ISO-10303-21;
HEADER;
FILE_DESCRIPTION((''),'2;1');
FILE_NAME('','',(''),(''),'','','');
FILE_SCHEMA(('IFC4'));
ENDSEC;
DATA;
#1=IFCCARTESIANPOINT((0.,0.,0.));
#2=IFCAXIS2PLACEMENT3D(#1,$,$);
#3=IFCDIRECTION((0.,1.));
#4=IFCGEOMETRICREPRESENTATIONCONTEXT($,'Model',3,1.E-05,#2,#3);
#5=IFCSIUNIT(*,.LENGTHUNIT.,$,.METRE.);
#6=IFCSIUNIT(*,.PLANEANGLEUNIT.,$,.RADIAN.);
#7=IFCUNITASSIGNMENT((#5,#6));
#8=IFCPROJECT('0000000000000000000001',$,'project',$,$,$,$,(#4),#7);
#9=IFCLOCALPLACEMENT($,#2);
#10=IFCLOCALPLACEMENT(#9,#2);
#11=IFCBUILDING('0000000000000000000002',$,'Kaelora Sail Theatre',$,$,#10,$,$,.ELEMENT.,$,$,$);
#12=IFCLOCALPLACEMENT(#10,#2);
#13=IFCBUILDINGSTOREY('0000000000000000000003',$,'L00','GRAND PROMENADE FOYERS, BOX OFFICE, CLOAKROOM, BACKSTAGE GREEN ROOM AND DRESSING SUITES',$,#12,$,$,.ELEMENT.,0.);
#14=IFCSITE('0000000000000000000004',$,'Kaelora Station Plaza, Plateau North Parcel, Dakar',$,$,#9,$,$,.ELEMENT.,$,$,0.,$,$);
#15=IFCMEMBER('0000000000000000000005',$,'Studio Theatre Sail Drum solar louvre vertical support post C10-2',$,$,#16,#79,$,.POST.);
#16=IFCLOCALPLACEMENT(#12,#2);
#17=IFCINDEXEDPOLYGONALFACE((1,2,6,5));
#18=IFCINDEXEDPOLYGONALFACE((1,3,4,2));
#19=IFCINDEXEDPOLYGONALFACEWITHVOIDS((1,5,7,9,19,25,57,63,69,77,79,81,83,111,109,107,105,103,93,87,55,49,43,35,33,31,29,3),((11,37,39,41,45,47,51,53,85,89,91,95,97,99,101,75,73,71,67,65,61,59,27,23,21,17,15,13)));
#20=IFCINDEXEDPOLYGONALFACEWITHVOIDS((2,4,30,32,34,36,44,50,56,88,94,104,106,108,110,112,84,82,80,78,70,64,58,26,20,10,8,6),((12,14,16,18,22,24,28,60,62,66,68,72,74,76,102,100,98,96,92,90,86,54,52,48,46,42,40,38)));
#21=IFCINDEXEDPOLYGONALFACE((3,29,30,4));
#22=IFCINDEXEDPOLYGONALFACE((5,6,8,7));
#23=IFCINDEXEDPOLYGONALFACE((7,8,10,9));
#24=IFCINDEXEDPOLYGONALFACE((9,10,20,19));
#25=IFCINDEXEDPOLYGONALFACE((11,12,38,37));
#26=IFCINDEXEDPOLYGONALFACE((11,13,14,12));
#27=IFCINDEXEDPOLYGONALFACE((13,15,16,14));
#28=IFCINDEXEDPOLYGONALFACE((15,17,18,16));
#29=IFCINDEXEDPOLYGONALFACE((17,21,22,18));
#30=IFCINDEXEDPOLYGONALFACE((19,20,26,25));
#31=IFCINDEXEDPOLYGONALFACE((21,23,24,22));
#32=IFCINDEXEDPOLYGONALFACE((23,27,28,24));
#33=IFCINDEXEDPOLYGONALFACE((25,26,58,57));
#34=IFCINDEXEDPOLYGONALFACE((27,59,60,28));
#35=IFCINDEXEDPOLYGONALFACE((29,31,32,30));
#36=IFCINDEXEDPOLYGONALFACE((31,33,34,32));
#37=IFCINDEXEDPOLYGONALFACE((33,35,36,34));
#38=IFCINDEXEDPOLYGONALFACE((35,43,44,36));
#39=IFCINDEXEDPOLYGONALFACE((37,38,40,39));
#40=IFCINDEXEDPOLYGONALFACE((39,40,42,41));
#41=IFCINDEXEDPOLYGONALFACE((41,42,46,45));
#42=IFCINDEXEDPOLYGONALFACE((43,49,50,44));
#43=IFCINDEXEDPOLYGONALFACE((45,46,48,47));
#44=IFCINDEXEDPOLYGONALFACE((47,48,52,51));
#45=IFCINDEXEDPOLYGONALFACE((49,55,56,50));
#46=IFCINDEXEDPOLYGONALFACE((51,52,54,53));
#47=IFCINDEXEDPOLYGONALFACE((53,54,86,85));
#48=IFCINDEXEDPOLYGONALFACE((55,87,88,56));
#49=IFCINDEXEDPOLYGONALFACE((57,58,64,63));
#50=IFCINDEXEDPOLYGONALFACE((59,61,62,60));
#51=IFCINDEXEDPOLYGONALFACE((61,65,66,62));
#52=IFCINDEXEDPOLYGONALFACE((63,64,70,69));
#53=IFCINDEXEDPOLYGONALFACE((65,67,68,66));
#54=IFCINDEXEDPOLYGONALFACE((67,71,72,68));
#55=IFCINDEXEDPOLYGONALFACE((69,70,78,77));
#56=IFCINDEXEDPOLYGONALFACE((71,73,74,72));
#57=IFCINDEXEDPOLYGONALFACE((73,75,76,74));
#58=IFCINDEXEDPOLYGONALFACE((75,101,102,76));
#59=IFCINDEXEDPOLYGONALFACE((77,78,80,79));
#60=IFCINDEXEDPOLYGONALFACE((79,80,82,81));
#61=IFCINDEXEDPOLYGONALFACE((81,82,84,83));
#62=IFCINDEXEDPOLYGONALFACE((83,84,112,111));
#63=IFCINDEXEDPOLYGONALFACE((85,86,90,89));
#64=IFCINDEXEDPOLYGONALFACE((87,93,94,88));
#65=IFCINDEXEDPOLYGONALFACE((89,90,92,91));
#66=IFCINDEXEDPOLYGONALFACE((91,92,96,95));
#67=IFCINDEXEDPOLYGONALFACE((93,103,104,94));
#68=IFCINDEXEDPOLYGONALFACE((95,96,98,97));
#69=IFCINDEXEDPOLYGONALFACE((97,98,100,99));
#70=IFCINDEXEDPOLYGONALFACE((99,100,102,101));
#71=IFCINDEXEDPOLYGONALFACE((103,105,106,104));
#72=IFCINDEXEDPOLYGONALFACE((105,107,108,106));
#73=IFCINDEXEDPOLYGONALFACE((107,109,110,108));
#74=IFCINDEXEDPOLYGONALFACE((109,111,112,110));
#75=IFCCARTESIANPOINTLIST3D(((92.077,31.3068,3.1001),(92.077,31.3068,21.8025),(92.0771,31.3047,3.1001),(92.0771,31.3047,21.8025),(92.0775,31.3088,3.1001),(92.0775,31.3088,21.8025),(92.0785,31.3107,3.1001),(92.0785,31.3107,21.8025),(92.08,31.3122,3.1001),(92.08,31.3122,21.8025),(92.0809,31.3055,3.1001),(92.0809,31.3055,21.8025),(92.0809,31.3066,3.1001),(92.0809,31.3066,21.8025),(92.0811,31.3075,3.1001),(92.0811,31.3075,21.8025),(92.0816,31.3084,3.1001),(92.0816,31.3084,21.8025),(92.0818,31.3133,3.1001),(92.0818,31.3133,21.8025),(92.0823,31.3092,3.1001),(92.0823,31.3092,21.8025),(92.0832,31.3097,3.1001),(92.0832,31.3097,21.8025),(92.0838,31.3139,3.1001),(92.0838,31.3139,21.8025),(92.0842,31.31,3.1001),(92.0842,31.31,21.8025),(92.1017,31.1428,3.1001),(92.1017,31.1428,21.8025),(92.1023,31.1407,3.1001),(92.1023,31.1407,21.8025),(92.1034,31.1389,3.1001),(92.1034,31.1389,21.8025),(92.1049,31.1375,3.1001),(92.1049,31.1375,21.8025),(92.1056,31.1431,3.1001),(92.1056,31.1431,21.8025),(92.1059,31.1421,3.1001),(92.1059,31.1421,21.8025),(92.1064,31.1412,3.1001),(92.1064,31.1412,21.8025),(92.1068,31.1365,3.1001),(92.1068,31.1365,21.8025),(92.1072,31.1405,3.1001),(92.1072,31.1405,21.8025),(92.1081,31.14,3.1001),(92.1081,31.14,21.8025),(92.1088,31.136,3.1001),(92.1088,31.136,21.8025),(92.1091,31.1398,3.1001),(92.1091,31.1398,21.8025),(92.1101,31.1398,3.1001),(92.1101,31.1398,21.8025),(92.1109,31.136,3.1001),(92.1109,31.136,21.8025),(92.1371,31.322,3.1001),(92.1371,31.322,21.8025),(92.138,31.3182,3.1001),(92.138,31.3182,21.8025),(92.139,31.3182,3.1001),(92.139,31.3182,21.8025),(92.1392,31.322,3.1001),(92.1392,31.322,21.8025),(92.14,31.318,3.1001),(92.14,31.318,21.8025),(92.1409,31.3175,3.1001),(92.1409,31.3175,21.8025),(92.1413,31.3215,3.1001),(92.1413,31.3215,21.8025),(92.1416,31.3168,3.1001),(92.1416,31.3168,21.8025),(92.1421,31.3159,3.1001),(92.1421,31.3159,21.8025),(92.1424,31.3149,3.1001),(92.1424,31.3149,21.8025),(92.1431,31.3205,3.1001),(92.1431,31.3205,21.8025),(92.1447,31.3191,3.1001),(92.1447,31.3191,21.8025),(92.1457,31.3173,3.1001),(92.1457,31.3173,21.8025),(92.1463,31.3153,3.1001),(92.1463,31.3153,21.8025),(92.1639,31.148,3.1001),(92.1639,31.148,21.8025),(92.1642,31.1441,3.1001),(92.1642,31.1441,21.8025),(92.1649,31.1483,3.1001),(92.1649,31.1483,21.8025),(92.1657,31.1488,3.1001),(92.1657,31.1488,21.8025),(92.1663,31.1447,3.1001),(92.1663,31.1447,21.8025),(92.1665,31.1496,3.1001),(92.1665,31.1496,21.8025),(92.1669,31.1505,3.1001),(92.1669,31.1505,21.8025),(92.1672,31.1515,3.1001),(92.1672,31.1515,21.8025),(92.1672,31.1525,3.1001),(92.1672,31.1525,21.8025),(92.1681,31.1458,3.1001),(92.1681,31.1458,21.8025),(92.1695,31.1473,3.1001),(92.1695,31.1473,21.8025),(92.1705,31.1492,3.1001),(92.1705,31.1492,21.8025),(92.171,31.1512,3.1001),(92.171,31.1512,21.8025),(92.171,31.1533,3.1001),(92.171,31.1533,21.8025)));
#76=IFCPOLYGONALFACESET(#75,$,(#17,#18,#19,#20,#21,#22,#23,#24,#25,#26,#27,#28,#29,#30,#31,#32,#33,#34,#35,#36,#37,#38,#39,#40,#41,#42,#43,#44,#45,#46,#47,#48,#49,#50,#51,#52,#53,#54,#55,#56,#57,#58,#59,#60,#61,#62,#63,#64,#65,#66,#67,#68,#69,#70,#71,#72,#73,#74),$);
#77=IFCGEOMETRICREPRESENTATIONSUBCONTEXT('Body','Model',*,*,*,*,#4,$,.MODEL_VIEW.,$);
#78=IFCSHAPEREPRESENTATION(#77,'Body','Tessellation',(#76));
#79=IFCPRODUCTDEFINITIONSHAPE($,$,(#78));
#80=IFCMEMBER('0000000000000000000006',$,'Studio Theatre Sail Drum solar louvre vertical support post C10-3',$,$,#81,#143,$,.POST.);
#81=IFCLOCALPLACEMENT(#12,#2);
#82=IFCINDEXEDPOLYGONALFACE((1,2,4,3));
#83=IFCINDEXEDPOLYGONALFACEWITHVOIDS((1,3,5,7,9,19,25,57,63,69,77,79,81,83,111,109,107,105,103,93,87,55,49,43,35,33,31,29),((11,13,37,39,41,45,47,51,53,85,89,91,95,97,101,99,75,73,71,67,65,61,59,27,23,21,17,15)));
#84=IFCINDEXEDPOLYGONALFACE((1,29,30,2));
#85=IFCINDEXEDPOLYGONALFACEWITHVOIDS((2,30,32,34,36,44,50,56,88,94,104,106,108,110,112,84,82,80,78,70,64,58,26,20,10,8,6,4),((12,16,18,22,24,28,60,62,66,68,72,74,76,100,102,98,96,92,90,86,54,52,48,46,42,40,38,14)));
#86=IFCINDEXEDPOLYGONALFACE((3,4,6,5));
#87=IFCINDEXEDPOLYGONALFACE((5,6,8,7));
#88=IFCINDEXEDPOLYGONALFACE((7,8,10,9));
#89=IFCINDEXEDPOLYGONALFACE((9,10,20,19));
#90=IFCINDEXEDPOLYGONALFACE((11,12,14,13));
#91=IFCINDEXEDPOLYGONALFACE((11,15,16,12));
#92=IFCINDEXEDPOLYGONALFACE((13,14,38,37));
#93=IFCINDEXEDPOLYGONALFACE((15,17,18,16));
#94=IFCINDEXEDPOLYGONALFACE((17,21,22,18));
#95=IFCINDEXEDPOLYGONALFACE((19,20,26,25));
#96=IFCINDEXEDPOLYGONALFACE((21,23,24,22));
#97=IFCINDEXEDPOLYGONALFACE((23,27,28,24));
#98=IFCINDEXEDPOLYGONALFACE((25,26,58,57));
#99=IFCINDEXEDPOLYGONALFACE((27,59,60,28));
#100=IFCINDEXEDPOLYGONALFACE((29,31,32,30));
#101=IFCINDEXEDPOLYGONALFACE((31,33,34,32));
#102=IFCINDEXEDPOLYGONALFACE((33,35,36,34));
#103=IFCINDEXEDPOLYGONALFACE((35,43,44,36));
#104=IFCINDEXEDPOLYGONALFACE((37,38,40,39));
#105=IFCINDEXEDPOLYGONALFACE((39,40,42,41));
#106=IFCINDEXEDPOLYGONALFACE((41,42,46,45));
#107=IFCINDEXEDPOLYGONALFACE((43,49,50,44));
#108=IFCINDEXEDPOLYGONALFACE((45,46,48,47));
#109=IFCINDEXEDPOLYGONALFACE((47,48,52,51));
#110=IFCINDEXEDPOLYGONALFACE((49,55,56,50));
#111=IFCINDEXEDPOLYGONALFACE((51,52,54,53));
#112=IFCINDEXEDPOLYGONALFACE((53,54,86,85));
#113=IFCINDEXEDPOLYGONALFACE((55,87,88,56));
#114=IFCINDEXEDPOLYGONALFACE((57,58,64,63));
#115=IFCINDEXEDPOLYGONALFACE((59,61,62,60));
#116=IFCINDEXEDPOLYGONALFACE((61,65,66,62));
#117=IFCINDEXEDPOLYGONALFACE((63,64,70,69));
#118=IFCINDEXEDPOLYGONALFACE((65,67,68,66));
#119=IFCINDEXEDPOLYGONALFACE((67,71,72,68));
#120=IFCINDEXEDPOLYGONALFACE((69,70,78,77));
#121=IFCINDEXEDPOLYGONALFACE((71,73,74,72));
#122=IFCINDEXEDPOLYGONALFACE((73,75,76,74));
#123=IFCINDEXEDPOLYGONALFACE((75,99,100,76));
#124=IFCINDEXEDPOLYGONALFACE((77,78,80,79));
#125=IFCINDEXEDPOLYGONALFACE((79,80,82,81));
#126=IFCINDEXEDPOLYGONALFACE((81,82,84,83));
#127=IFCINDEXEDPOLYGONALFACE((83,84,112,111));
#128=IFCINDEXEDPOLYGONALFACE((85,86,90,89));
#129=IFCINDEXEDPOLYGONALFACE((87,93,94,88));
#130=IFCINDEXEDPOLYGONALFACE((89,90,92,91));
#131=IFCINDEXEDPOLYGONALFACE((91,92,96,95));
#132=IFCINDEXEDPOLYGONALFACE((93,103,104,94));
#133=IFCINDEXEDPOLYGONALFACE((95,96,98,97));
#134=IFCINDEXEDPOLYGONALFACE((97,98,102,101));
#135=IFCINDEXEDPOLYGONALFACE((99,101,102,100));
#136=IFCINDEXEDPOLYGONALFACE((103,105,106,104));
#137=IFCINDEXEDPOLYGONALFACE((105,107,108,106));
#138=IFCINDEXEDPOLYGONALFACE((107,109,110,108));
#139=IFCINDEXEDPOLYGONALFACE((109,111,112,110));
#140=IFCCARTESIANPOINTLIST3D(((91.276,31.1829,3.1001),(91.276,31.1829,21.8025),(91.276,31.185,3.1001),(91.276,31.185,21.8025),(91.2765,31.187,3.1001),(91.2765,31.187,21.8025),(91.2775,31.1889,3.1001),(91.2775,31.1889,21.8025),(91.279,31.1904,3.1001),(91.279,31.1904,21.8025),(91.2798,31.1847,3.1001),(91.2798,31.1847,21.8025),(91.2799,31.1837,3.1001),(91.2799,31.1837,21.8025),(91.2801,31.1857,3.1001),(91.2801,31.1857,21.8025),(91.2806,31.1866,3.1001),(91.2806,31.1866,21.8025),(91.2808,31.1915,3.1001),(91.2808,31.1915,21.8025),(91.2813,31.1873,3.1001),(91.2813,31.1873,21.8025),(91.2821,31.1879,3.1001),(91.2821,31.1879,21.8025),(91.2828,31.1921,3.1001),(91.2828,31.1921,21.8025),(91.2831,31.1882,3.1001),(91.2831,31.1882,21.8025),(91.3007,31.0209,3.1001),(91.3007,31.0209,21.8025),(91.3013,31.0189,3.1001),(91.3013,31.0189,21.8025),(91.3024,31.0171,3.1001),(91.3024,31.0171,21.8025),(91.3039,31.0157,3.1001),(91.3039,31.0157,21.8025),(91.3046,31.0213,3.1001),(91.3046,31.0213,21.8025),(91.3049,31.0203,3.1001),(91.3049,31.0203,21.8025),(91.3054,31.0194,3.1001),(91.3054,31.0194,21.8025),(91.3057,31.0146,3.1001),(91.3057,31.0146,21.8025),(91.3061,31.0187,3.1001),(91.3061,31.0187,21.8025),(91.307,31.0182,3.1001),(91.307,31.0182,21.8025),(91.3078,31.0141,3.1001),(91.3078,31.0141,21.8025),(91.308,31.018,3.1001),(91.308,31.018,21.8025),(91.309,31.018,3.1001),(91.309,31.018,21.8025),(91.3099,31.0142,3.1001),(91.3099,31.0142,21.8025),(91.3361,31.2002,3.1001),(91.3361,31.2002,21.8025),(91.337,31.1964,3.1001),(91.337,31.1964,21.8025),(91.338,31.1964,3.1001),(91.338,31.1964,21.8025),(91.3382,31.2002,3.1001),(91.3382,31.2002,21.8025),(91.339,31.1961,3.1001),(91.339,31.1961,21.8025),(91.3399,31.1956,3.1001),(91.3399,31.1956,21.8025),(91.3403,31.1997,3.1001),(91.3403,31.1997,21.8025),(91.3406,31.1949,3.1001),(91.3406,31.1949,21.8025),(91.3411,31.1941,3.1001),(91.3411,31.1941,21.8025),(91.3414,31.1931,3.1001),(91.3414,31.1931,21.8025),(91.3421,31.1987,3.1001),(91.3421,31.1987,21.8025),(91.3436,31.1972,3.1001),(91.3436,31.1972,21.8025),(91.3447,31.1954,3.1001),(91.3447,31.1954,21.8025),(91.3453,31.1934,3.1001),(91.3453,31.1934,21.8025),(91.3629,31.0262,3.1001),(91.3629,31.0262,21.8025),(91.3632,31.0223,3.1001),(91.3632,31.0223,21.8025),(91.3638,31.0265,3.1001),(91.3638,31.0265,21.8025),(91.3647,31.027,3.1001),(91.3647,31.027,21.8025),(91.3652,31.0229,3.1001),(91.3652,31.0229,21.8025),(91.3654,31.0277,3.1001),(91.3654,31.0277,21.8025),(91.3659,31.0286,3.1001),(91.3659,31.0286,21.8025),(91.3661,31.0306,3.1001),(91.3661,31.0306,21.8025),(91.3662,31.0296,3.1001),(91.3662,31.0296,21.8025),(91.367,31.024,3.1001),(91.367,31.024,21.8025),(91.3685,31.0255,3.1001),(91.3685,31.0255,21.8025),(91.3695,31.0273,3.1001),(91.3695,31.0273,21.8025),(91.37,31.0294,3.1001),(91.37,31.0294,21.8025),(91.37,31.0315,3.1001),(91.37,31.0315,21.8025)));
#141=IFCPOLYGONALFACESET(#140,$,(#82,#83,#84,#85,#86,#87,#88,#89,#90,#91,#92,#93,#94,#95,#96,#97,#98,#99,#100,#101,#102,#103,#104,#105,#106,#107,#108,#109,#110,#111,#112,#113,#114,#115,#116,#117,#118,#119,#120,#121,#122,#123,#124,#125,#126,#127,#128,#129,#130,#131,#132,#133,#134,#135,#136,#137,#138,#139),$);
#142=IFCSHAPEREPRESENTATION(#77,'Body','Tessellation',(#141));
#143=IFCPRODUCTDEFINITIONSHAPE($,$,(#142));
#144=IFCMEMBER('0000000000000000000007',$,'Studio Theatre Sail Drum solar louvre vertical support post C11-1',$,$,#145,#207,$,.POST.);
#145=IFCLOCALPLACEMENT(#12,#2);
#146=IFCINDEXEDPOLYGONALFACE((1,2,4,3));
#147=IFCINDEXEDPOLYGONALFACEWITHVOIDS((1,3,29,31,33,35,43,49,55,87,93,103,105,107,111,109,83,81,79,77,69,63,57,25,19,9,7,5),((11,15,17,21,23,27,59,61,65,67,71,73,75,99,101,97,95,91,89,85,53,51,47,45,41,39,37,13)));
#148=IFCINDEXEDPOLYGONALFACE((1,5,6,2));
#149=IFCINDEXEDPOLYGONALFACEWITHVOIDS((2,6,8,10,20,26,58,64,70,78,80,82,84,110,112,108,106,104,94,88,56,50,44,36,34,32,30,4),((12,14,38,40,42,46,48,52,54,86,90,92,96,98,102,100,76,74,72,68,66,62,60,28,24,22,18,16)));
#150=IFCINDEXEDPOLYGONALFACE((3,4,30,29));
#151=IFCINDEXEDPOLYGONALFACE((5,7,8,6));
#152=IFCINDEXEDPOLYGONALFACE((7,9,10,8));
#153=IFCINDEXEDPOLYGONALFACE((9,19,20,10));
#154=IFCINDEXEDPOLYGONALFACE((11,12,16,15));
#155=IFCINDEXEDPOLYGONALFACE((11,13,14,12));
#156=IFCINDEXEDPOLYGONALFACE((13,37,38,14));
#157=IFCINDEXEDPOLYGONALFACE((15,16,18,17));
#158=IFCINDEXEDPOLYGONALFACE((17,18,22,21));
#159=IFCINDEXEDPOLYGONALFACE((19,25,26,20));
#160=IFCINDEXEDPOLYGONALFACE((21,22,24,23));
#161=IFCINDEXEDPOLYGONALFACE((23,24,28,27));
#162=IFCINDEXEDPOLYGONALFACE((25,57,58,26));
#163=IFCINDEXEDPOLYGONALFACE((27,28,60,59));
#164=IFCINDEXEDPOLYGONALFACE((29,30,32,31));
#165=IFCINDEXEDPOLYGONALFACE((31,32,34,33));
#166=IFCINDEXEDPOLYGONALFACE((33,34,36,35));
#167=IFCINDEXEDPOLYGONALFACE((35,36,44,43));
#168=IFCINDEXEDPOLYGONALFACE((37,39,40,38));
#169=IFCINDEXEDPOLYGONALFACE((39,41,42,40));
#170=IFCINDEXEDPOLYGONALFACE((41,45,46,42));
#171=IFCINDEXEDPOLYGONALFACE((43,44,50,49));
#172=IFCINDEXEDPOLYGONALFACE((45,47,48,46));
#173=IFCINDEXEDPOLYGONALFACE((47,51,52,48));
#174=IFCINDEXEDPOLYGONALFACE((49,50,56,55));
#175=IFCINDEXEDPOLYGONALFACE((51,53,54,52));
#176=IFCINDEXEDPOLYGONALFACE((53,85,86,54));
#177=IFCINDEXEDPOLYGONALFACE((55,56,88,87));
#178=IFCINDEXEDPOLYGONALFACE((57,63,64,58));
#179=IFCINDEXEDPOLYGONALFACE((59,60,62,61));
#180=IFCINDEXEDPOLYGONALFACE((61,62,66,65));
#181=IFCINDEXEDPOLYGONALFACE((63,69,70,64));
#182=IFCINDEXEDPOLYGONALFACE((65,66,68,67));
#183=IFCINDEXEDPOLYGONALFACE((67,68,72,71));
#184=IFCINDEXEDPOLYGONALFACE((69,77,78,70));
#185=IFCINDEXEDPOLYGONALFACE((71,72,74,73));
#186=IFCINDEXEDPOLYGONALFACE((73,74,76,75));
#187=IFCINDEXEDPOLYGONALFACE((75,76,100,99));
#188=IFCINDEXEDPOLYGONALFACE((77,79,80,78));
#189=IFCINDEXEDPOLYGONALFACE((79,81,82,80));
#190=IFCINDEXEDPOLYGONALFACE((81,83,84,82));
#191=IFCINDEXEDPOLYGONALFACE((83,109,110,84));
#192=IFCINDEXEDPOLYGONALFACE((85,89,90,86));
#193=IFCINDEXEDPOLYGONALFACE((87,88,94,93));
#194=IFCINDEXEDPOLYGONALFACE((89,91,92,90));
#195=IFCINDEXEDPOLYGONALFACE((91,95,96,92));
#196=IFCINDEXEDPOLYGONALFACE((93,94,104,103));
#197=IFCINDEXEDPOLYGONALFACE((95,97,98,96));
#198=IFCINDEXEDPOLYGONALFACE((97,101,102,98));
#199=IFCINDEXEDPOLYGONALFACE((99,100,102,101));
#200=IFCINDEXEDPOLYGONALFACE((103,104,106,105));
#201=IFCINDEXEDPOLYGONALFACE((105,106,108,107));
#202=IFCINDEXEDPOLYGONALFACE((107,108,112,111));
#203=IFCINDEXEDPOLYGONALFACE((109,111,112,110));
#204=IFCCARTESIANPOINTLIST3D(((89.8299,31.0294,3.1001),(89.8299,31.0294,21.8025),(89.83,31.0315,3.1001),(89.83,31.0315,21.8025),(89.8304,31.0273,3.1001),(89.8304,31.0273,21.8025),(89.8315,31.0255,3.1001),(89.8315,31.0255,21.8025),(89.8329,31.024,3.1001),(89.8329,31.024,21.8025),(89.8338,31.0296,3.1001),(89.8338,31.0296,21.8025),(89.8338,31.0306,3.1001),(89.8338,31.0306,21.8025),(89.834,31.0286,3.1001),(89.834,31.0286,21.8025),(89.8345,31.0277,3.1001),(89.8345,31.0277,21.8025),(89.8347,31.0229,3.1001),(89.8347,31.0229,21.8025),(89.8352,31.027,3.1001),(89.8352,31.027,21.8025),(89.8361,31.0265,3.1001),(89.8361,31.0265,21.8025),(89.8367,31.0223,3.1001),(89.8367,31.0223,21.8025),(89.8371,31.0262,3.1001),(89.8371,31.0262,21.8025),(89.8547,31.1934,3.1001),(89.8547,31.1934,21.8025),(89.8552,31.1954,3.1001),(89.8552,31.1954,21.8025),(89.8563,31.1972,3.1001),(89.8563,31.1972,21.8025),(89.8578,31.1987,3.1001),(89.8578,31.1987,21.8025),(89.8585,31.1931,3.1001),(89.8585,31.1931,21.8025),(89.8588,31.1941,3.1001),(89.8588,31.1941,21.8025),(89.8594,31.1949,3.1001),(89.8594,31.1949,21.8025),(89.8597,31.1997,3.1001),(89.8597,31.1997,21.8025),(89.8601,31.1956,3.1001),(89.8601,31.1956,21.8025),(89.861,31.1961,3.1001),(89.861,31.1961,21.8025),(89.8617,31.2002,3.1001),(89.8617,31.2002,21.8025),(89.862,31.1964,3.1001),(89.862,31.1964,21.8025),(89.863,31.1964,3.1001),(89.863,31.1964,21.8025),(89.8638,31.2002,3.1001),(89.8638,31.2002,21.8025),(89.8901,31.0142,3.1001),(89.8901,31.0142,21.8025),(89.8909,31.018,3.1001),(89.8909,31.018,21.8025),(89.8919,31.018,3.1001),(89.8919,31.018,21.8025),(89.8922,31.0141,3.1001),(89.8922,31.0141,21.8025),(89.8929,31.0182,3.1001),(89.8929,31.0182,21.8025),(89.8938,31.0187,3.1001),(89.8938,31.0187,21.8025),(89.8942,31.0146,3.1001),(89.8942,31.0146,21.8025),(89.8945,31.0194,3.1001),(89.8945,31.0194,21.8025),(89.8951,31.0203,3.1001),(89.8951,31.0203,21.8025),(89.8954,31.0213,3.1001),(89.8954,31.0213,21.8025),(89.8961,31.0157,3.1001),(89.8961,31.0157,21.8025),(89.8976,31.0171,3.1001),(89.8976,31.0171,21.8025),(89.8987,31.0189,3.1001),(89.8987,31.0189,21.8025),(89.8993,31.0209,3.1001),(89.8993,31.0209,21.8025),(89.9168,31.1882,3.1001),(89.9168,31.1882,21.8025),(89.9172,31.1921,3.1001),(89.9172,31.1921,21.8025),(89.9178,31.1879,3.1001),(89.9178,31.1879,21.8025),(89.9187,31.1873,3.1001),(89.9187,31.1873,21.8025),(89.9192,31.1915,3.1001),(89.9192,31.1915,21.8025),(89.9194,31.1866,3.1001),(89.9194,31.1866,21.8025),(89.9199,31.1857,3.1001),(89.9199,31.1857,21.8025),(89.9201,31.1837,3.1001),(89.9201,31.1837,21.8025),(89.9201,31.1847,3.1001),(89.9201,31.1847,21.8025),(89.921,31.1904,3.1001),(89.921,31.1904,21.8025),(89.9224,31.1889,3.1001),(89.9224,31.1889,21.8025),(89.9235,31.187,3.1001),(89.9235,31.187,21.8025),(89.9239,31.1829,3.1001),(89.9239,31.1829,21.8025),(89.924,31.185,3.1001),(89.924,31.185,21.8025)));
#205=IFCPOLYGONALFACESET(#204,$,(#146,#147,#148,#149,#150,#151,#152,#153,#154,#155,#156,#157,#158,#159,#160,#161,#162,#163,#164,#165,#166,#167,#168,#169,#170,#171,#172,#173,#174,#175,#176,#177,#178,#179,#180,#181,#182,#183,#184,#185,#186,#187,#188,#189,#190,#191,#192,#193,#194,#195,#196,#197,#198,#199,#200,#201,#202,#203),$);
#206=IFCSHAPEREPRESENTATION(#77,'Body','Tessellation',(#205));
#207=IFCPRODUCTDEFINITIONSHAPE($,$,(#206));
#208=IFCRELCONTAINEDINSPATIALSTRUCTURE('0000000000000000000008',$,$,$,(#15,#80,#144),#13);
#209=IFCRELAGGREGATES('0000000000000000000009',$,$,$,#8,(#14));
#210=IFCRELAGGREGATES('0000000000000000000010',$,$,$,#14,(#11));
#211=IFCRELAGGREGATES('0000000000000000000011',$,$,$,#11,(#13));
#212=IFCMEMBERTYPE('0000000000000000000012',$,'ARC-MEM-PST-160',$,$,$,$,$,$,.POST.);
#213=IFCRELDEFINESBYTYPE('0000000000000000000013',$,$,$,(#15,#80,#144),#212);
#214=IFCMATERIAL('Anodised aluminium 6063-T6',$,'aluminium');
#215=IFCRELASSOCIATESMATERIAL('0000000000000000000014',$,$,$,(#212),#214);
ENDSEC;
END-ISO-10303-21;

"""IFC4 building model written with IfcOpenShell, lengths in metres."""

from ifc_helpers import new_model, si_unit, direction, frame, origin, origin_2d, place, context, subcontext, project, spatial, hollow_rectangle, extrude, material, material_profile, profile_set, type_object, element, save


model = new_model("IFC4")

# Units and contexts
model_context = context("Model", 3, precision=1e-05, world=origin(), true_north=direction((0.0, 1.0)))
body_context = subcontext(model_context, "Body", "Model", "MODEL_VIEW")
ifc_project = project(units=[si_unit("LENGTHUNIT", "METRE"), si_unit("PLANEANGLEUNIT", "RADIAN")], contexts=[model_context])

# Site, building, storey
site_placement = place(None, origin())
site = spatial("IfcSite", under=ifc_project, at=site_placement, Name="Kaelora Station Plaza, Plateau North Parcel, Dakar", CompositionType="ELEMENT", RefElevation=0.0)
building_placement = place(site_placement, origin())
building = spatial("IfcBuilding", under=site, at=building_placement, Name="Kaelora Sail Theatre", CompositionType="ELEMENT")
storey_placement = place(building_placement, origin())
storey = spatial("IfcBuildingStorey", under=building, at=storey_placement, Name="L00", Description="GRAND PROMENADE FOYERS, BOX OFFICE, CLOAKROOM, BACKSTAGE GREEN ROOM AND DRESSING SUITES", CompositionType="ELEMENT", Elevation=0.0)

# Members
ifc_material_1 = material(Name="Anodised aluminium 6063-T6", Category="aluminium")
ifc_material_profile_1 = material_profile(ifc_material_1, hollow_rectangle(XDim=0.0701, YDim=0.1799, WallThickness=0.0039, InnerFilletRadius=0.0039, OuterFilletRadius=0.0081, at=origin_2d()), Name="ALU-MULL 70x180x4")
ifc_profile_set_1 = profile_set([ifc_material_profile_1], Name="Anodised aluminium 6063-T6")
member_type_1 = type_object("IfcMemberType", Name="ARC-MEM-PST-160", PredefinedType="POST", material=ifc_profile_set_1)
for number, where, z_axis, x_axis, name in (
    (1, (92.124, 31.229, 3.1001), (0.0, 0.0, 1.0), (-0.988599, -0.150571, 0.0), "Studio Theatre Sail Drum solar louvre vertical support post C10-2"),
    (2, (91.323, 31.1072, 3.1001), (0.0, 0.0, 1.0), (-0.988599, -0.150571, 0.0), "Studio Theatre Sail Drum solar louvre vertical support post C10-3"),
    (3, (89.877, 31.1072, 3.1001), (0.0, 0.0, 1.0), (-0.988599, 0.150571, 0.0), "Studio Theatre Sail Drum solar louvre vertical support post C11-1"),
):
    element("IfcMember", number, at=place(storey_placement, frame(where, z_axis=z_axis, x_axis=x_axis)), inside=storey, type_object=member_type_1, Name=name, PredefinedType="POST", context=body_context, shape_type="SweptSolid", body=[
        extrude(hollow_rectangle(XDim=0.0701, YDim=0.1799, WallThickness=0.0039, InnerFilletRadius=0.0039, OuterFilletRadius=0.0081, at=origin_2d()), origin(), (0.0, 0.0, 1.0), 18.7024),
    ])

save(model, "model.ifc")
